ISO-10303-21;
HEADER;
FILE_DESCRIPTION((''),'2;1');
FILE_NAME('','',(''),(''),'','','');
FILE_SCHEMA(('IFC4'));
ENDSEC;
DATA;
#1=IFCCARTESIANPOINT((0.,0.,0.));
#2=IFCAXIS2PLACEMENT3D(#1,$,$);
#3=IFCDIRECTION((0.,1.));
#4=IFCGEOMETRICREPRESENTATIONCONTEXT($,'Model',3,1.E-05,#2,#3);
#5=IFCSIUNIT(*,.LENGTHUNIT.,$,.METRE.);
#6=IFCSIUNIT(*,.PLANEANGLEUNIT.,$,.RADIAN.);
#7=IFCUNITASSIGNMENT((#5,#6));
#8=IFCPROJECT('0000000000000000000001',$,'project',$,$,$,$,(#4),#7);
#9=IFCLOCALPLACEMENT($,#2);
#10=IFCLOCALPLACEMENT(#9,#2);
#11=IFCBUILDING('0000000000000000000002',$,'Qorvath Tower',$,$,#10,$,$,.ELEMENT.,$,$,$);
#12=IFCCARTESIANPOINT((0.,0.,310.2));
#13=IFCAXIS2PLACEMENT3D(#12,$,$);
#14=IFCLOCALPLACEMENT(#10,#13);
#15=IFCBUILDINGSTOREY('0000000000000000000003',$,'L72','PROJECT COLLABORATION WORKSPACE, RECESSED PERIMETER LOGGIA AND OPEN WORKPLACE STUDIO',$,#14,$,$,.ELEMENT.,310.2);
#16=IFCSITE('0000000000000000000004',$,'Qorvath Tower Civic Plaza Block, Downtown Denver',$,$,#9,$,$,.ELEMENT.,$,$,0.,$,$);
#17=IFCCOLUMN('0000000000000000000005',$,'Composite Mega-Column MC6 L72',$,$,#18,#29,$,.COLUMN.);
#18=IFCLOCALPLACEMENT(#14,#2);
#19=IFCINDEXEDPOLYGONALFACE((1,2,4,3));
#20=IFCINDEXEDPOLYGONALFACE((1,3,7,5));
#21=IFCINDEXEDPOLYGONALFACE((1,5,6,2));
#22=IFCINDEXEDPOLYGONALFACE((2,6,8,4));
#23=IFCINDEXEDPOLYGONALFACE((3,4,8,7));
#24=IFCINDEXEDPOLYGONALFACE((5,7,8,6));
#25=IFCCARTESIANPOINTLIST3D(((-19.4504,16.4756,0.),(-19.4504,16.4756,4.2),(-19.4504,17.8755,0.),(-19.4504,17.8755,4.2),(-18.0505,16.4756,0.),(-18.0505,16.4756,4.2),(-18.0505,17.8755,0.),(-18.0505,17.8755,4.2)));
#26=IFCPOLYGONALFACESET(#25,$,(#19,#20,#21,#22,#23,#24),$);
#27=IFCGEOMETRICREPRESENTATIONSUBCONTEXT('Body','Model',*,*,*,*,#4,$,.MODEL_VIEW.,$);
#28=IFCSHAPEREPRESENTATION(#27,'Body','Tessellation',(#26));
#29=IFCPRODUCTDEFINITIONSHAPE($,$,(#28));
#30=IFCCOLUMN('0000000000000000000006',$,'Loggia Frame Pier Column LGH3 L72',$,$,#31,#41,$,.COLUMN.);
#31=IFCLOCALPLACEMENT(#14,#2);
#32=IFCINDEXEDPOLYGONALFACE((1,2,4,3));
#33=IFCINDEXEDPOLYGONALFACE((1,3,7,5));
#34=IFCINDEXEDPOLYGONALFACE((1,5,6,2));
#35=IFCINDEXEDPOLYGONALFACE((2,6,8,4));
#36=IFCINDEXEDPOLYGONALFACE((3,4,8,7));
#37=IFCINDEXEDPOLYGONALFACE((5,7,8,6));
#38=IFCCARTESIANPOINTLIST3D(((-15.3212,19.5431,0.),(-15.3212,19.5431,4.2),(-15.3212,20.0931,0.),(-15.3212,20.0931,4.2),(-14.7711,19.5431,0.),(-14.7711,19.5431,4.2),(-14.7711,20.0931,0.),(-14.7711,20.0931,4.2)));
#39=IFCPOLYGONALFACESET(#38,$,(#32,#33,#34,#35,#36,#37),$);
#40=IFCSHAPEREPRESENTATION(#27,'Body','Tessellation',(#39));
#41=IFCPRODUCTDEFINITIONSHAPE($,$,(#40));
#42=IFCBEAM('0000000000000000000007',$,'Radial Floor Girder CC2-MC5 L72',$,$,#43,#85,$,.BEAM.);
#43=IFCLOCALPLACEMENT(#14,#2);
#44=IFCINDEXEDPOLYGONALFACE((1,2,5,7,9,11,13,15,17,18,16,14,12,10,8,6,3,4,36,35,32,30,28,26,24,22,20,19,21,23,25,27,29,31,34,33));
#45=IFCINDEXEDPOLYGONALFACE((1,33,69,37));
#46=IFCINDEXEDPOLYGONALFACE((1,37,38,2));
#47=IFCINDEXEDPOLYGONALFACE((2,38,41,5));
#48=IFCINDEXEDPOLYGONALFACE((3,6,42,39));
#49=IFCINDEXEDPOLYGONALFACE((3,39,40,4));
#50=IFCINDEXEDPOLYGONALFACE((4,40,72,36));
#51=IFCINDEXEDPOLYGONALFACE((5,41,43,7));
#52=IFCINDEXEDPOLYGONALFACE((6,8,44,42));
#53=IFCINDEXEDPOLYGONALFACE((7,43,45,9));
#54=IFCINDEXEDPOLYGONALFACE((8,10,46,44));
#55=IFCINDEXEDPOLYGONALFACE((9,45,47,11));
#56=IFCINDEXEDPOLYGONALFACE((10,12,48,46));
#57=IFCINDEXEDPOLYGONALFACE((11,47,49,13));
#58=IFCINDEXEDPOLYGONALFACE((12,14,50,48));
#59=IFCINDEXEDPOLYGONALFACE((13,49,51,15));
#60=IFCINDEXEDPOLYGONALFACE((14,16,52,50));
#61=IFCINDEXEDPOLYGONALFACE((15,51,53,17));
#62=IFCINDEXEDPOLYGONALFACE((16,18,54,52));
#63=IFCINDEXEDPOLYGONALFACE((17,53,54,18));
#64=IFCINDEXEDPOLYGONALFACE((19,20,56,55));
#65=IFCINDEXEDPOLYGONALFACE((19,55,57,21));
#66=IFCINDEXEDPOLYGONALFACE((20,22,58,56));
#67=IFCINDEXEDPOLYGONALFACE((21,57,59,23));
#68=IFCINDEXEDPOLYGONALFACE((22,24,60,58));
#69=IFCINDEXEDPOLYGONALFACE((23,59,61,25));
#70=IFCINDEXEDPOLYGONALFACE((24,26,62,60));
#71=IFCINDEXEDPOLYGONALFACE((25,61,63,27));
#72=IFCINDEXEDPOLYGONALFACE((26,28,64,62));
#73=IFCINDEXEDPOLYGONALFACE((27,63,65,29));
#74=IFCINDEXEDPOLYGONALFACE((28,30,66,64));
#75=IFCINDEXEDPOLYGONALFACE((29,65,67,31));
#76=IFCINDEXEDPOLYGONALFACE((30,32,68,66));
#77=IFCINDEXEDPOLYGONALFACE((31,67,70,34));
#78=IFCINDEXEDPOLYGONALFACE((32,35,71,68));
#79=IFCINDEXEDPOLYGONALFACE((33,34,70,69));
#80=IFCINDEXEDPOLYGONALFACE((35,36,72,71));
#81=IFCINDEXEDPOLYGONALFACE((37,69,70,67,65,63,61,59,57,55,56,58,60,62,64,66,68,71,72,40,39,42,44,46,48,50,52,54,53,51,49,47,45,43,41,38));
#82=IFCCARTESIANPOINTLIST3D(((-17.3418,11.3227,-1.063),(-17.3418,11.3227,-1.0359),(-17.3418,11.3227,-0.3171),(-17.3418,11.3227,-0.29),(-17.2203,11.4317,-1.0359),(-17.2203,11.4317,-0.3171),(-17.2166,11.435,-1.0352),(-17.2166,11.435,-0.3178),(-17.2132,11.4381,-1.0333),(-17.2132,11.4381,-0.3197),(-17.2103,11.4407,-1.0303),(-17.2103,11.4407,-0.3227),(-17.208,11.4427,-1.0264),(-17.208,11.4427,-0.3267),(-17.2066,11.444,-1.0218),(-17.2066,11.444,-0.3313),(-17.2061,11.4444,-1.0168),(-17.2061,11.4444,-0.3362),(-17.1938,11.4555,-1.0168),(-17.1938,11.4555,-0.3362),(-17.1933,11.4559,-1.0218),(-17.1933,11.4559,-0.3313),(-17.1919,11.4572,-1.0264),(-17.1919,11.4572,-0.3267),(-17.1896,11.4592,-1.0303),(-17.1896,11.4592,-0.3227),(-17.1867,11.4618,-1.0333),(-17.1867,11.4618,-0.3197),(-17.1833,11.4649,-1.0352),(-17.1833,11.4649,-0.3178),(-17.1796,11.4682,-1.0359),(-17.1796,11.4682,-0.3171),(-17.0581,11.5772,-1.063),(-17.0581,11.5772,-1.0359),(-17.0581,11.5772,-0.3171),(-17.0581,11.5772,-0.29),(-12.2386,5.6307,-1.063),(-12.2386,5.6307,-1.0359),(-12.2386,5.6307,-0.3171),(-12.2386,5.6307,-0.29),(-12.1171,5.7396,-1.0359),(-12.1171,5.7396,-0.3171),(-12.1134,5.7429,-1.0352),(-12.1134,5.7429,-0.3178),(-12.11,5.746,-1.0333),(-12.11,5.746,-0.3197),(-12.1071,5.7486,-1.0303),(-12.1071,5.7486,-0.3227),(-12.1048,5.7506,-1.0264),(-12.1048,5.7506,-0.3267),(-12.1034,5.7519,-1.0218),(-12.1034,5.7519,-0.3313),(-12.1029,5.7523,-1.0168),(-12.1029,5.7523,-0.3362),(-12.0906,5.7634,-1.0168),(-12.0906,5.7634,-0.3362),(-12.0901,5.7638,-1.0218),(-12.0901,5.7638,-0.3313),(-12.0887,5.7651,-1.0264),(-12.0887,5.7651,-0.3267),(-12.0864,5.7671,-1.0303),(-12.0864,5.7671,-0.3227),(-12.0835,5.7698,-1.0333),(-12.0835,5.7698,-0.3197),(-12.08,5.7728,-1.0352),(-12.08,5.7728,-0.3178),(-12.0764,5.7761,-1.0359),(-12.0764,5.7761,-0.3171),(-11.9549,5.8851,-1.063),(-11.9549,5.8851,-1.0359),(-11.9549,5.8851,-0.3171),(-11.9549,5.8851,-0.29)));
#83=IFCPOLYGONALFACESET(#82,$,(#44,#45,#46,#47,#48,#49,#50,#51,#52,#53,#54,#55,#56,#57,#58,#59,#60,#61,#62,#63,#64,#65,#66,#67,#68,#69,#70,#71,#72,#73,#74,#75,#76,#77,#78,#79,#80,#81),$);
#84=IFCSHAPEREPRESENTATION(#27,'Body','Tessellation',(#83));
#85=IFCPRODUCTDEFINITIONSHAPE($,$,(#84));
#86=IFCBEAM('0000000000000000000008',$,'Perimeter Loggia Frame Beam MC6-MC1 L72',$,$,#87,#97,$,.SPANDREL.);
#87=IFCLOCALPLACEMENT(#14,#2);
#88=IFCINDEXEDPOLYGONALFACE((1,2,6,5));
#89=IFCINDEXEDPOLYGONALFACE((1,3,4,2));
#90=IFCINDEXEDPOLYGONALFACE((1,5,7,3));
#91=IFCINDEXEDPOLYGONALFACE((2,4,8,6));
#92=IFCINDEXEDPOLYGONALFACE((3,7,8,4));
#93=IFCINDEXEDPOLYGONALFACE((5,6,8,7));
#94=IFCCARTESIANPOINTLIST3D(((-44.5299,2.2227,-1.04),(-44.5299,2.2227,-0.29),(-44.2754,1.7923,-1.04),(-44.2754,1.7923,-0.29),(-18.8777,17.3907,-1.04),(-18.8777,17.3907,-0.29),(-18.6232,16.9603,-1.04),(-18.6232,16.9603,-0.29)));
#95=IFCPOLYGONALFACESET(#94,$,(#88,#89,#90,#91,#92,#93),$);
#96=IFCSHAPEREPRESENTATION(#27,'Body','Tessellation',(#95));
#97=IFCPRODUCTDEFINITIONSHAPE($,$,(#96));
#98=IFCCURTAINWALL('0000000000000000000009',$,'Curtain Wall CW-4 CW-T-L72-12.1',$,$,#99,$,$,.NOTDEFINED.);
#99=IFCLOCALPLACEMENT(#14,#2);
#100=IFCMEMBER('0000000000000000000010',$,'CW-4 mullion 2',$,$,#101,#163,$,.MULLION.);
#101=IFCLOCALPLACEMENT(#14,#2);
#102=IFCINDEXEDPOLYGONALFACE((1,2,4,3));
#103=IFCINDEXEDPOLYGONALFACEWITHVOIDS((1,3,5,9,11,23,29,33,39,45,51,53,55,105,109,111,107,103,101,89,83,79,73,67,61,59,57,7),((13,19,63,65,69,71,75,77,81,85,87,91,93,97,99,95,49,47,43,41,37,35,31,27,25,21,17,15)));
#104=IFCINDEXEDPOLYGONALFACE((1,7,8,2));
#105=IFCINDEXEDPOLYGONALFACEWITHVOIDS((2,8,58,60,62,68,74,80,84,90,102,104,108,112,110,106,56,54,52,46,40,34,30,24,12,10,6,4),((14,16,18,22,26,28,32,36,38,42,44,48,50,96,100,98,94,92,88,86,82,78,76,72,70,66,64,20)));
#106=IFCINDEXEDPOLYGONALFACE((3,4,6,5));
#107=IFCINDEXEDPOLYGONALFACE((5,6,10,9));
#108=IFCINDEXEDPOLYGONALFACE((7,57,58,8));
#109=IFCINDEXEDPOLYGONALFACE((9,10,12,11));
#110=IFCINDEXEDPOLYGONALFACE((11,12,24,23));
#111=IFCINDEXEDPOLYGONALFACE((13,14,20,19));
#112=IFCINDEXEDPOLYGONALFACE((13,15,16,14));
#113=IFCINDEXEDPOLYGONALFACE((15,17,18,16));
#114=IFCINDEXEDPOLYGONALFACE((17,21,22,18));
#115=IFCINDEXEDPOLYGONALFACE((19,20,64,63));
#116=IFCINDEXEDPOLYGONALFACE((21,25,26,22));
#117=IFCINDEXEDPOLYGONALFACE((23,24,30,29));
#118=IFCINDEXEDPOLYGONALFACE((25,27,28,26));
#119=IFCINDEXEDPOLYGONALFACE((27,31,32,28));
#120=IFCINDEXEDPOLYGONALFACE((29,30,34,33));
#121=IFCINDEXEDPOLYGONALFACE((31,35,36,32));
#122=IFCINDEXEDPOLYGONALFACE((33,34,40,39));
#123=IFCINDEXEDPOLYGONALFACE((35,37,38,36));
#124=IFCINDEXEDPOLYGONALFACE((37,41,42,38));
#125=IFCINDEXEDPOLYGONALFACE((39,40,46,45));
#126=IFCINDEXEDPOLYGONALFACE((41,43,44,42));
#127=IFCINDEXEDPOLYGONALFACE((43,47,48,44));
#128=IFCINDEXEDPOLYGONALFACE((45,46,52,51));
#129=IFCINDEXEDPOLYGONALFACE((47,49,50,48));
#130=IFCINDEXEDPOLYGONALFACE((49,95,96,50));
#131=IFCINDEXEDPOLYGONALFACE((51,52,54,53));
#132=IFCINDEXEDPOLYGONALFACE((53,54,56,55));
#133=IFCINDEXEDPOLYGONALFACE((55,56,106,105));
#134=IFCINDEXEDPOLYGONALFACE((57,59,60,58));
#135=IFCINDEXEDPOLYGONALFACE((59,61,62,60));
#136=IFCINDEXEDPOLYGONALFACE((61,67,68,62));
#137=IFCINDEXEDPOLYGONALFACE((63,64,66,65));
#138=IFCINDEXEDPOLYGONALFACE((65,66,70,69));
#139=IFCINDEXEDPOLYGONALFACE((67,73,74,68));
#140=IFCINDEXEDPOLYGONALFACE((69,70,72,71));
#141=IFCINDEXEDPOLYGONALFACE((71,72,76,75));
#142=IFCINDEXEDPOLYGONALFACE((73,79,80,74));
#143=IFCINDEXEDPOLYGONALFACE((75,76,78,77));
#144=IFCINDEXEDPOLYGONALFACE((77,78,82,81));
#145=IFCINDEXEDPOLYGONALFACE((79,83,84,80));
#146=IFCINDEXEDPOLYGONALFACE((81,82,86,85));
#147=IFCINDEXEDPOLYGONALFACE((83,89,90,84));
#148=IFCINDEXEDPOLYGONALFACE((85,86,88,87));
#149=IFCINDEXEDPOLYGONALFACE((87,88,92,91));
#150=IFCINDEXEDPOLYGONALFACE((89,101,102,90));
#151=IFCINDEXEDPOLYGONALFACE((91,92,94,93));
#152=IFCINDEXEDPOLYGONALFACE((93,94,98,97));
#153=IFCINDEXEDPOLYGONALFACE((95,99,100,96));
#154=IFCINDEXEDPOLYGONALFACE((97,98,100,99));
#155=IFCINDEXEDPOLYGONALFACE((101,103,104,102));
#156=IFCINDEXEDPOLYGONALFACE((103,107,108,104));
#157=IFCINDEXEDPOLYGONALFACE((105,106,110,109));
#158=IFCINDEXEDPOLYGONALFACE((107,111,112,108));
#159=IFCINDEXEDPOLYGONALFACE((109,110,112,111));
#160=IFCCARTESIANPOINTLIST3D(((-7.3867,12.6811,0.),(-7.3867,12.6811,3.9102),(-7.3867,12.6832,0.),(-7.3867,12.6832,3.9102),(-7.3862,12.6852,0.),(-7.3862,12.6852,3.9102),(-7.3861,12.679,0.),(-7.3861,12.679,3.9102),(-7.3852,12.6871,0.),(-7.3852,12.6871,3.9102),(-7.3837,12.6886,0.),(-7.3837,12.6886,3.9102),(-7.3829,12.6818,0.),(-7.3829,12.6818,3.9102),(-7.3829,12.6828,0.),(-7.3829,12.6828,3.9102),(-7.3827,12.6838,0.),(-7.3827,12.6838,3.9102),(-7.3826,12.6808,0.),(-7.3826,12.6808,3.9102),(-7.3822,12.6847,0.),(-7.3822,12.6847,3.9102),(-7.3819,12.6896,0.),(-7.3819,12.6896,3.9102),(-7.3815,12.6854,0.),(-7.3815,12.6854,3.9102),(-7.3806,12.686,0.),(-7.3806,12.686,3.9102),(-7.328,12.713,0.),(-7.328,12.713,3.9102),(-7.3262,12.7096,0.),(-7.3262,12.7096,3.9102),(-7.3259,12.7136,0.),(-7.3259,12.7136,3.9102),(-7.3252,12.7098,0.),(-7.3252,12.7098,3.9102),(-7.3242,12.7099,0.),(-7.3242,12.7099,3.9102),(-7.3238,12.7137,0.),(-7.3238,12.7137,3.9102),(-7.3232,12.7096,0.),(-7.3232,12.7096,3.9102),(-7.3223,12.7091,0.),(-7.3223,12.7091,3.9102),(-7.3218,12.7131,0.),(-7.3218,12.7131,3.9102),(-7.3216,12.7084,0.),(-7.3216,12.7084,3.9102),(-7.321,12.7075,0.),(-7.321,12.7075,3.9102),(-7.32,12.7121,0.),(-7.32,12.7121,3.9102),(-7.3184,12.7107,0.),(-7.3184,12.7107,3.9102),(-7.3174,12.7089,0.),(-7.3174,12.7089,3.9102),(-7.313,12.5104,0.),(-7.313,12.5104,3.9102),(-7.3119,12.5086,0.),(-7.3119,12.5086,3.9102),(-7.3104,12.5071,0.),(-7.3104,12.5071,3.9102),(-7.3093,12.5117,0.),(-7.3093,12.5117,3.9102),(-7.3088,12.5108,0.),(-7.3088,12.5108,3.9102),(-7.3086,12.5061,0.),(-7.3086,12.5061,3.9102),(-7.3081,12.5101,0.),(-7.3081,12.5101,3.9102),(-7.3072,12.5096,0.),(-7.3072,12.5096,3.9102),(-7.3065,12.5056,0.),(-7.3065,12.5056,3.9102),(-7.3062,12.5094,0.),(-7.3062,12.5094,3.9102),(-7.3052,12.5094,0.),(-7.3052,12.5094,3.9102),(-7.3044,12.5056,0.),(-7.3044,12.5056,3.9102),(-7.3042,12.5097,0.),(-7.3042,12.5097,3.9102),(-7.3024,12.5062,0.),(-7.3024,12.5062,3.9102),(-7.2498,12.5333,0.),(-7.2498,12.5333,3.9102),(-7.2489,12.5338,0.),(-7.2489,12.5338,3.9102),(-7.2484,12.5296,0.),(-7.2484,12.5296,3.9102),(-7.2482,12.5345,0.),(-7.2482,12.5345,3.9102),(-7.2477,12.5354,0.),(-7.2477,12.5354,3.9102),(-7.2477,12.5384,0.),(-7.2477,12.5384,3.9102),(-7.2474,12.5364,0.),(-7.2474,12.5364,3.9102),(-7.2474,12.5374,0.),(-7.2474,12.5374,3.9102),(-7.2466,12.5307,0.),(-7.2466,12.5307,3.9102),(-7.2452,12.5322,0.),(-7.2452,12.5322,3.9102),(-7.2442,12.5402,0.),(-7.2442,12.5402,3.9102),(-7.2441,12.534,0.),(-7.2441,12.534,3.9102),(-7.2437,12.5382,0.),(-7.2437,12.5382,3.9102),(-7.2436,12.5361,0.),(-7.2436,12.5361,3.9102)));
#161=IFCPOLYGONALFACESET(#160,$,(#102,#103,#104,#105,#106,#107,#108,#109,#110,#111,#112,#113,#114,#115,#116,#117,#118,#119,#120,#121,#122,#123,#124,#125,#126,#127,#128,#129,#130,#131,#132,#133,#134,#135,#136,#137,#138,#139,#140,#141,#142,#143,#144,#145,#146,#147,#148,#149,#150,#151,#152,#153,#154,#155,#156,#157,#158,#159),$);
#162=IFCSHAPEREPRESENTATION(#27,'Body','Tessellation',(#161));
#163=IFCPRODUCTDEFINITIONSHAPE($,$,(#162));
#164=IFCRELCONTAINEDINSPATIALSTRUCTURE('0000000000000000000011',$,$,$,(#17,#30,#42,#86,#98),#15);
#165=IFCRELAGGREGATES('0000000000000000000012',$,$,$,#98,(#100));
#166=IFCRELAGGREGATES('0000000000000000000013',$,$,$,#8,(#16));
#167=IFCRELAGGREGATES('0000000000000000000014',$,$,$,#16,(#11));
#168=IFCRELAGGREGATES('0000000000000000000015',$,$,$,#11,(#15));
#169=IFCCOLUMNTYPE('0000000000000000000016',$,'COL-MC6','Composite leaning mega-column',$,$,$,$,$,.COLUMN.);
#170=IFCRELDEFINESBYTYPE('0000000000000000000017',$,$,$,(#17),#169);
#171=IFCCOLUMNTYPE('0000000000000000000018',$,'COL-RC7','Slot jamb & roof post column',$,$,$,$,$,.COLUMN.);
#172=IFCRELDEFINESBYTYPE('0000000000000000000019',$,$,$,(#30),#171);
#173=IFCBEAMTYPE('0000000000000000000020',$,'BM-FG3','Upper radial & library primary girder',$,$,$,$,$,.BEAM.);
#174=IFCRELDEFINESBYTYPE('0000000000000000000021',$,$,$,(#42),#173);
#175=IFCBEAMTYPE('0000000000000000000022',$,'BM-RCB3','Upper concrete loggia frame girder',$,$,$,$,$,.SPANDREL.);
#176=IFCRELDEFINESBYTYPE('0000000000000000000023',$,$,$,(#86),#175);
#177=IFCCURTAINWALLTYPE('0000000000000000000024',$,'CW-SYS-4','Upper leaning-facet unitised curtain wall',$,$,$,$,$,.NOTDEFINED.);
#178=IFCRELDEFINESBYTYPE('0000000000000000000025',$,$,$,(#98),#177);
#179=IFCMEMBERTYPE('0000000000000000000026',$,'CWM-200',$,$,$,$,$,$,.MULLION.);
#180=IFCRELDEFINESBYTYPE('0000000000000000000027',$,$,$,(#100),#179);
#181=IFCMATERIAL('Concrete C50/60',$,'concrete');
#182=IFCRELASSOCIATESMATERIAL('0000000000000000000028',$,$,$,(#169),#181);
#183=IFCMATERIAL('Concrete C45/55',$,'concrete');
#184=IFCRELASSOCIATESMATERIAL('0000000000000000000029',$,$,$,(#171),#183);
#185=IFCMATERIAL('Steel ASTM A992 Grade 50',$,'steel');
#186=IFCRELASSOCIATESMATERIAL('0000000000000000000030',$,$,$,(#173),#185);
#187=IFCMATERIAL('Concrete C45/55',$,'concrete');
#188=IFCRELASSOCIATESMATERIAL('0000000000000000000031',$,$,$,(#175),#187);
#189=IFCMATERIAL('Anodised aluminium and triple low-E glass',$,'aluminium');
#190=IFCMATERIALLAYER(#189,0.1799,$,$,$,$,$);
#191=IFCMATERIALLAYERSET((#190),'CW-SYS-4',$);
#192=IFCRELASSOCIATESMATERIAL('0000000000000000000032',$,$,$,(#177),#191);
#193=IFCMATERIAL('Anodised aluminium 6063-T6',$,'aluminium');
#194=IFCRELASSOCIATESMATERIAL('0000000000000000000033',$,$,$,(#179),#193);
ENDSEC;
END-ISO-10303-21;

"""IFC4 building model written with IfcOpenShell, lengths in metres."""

from ifc_helpers import new_model, si_unit, direction, frame, origin, origin_2d, place, context, subcontext, project, spatial, rectangle, hollow_rectangle, i_section, extrude, material, layer, layer_set, material_profile, profile_set, type_object, element, aggregate, save


model = new_model("IFC4")

# Units and contexts
model_context = context("Model", 3, precision=1e-05, world=origin(), true_north=direction((0.0, 1.0)))
body_context = subcontext(model_context, "Body", "Model", "MODEL_VIEW")
ifc_project = project(units=[si_unit("LENGTHUNIT", "METRE"), si_unit("PLANEANGLEUNIT", "RADIAN")], contexts=[model_context])

# Site, building, storey
site_placement = place(None, origin())
site = spatial("IfcSite", under=ifc_project, at=site_placement, Name="Qorvath Tower Civic Plaza Block, Downtown Denver", CompositionType="ELEMENT", RefElevation=0.0)
building_placement = place(site_placement, origin())
building = spatial("IfcBuilding", under=site, at=building_placement, Name="Qorvath Tower", CompositionType="ELEMENT")
storey_placement = place(building_placement, frame((0.0, 0.0, 310.2)))
storey = spatial("IfcBuildingStorey", under=building, at=storey_placement, Name="L72", Description="PROJECT COLLABORATION WORKSPACE, RECESSED PERIMETER LOGGIA AND OPEN WORKPLACE STUDIO", CompositionType="ELEMENT", Elevation=310.2)

# Columns
ifc_material_1 = material(Name="Concrete C50/60", Category="concrete")
ifc_material_profile_1 = material_profile(ifc_material_1, rectangle(XDim=1.3999, YDim=1.3999, at=origin_2d()), Name="MC 1400x1400")
ifc_profile_set_1 = profile_set([ifc_material_profile_1], Name="Concrete C50/60")
column_type_1 = type_object("IfcColumnType", Name="COL-MC6", Description="Composite leaning mega-column", PredefinedType="COLUMN", material=ifc_profile_set_1)
column_1_placement = place(storey_placement, frame((-18.7505, 17.1755, 0.0), z_axis=(0.0, 0.0, 1.0), x_axis=(1.0, 0.0, 0.0)))
element("IfcColumn", 1, at=column_1_placement, inside=storey, type_object=column_type_1, Name="Composite Mega-Column MC6 L72", PredefinedType="COLUMN", context=body_context, shape_type="SweptSolid", body=[
    extrude(rectangle(XDim=1.3999, YDim=1.3999, at=origin_2d()), origin(), (0.0, 0.0, 1.0), 4.2),
])
ifc_material_2 = material(Name="Concrete C45/55", Category="concrete")
ifc_material_profile_2 = material_profile(ifc_material_2, rectangle(XDim=0.55, YDim=0.55, at=origin_2d()), Name="RC 550x550")
ifc_profile_set_2 = profile_set([ifc_material_profile_2], Name="Concrete C45/55")
column_type_2 = type_object("IfcColumnType", Name="COL-RC7", Description="Slot jamb & roof post column", PredefinedType="COLUMN", material=ifc_profile_set_2)
column_2_placement = place(storey_placement, frame((-15.0461, 19.8181, 0.0), z_axis=(0.0, 0.0, 1.0), x_axis=(1.0, 0.0, 0.0)))
element("IfcColumn", 2, at=column_2_placement, inside=storey, type_object=column_type_2, Name="Loggia Frame Pier Column LGH3 L72", PredefinedType="COLUMN", context=body_context, shape_type="SweptSolid", body=[
    extrude(rectangle(XDim=0.55, YDim=0.55, at=origin_2d()), origin(), (0.0, 0.0, 1.0), 4.2),
])

# Beams
ifc_material_3 = material(Name="Steel ASTM A992 Grade 50", Category="steel")
ifc_material_profile_3 = material_profile(ifc_material_3, i_section(OverallWidth=0.3811, OverallDepth=0.7729, WebThickness=0.0166, FlangeThickness=0.0271, FilletRadius=0.019, at=origin_2d()), Name="W30x173")
ifc_profile_set_3 = profile_set([ifc_material_profile_3], Name="Steel ASTM A992 Grade 50")
beam_type_1 = type_object("IfcBeamType", Name="BM-FG3", Description="Upper radial & library primary girder", PredefinedType="BEAM", material=ifc_profile_set_3)
beam_1_placement = place(storey_placement, frame((-17.2, 11.45, -0.6765), z_axis=(0.667543, -0.744571, 0.0), x_axis=(0.744571, 0.667543, 0.0)))
element("IfcBeam", 3, at=beam_1_placement, inside=storey, type_object=beam_type_1, Name="Radial Floor Girder CC2-MC5 L72", PredefinedType="BEAM", context=body_context, shape_type="SweptSolid", body=[
    extrude(i_section(OverallWidth=0.3811, OverallDepth=0.7729, WebThickness=0.0166, FlangeThickness=0.0271, FilletRadius=0.019, at=origin_2d()), origin(), (0.0, 0.0, 1.0), 7.6448),
])
ifc_material_4 = material(Name="Concrete C45/55", Category="concrete")
ifc_material_profile_4 = material_profile(ifc_material_4, rectangle(XDim=0.5, YDim=0.75, at=origin_2d()), Name="RCB 750x500")
ifc_profile_set_4 = profile_set([ifc_material_profile_4], Name="Concrete C45/55")
beam_type_2 = type_object("IfcBeamType", Name="BM-RCB3", Description="Upper concrete loggia frame girder", PredefinedType="SPANDREL", material=ifc_profile_set_4)
beam_2_placement = place(storey_placement, frame((-18.7505, 17.1755, -0.665), z_axis=(-0.860781, -0.508976, 0.0), x_axis=(0.508976, -0.860781, 0.0)))
element("IfcBeam", 4, at=beam_2_placement, inside=storey, type_object=beam_type_2, Name="Perimeter Loggia Frame Beam MC6-MC1 L72", PredefinedType="SPANDREL", context=body_context, shape_type="SweptSolid", body=[
    extrude(rectangle(XDim=0.5, YDim=0.75, at=origin_2d()), origin(), (0.0, 0.0, 1.0), 29.801),
])

# Curtain wall, member
ifc_material_5 = material(Name="Anodised aluminium and triple low-E glass", Category="aluminium")
ifc_layer_1 = layer(ifc_material_5, 0.1799)
ifc_layer_set_1 = layer_set([ifc_layer_1], Name="CW-SYS-4")
curtain_wall_type = type_object("IfcCurtainWallType", Name="CW-SYS-4", Description="Upper leaning-facet unitised curtain wall", PredefinedType="NOTDEFINED", material=ifc_layer_set_1)
curtain_wall_1_placement = place(storey_placement, origin())
curtain_wall_1 = element("IfcCurtainWall", 5, at=curtain_wall_1_placement, inside=storey, type_object=curtain_wall_type, Name="Curtain Wall CW-4 CW-T-L72-12.1", PredefinedType="NOTDEFINED")
ifc_material_6 = material(Name="Anodised aluminium 6063-T6", Category="aluminium")
ifc_material_profile_5 = material_profile(ifc_material_6, hollow_rectangle(XDim=0.075, YDim=0.2, WallThickness=0.0039, InnerFilletRadius=0.0039, OuterFilletRadius=0.0081, at=origin_2d()), Name="CWM 200x75")
ifc_profile_set_5 = profile_set([ifc_material_profile_5], Name="Anodised aluminium 6063-T6")
member_type_1 = type_object("IfcMemberType", Name="CWM-200", PredefinedType="MULLION", material=ifc_profile_set_5)
member_1_placement = place(storey_placement, frame((-7.3152, 12.6096, 0.0), z_axis=(0.0, 0.0, 1.0), x_axis=(-0.917487, -0.397765, 0.0)))
member_1 = element("IfcMember", 6, at=member_1_placement, type_object=member_type_1, Name="CW-4 mullion 2", PredefinedType="MULLION", context=body_context, shape_type="SweptSolid", body=[
    extrude(hollow_rectangle(XDim=0.075, YDim=0.2, WallThickness=0.0039, InnerFilletRadius=0.0039, OuterFilletRadius=0.0081, at=origin_2d()), origin(), (0.0, 0.0, 1.0), 3.9102),
])
aggregate(curtain_wall_1, [member_1])

save(model, "model.ifc")
